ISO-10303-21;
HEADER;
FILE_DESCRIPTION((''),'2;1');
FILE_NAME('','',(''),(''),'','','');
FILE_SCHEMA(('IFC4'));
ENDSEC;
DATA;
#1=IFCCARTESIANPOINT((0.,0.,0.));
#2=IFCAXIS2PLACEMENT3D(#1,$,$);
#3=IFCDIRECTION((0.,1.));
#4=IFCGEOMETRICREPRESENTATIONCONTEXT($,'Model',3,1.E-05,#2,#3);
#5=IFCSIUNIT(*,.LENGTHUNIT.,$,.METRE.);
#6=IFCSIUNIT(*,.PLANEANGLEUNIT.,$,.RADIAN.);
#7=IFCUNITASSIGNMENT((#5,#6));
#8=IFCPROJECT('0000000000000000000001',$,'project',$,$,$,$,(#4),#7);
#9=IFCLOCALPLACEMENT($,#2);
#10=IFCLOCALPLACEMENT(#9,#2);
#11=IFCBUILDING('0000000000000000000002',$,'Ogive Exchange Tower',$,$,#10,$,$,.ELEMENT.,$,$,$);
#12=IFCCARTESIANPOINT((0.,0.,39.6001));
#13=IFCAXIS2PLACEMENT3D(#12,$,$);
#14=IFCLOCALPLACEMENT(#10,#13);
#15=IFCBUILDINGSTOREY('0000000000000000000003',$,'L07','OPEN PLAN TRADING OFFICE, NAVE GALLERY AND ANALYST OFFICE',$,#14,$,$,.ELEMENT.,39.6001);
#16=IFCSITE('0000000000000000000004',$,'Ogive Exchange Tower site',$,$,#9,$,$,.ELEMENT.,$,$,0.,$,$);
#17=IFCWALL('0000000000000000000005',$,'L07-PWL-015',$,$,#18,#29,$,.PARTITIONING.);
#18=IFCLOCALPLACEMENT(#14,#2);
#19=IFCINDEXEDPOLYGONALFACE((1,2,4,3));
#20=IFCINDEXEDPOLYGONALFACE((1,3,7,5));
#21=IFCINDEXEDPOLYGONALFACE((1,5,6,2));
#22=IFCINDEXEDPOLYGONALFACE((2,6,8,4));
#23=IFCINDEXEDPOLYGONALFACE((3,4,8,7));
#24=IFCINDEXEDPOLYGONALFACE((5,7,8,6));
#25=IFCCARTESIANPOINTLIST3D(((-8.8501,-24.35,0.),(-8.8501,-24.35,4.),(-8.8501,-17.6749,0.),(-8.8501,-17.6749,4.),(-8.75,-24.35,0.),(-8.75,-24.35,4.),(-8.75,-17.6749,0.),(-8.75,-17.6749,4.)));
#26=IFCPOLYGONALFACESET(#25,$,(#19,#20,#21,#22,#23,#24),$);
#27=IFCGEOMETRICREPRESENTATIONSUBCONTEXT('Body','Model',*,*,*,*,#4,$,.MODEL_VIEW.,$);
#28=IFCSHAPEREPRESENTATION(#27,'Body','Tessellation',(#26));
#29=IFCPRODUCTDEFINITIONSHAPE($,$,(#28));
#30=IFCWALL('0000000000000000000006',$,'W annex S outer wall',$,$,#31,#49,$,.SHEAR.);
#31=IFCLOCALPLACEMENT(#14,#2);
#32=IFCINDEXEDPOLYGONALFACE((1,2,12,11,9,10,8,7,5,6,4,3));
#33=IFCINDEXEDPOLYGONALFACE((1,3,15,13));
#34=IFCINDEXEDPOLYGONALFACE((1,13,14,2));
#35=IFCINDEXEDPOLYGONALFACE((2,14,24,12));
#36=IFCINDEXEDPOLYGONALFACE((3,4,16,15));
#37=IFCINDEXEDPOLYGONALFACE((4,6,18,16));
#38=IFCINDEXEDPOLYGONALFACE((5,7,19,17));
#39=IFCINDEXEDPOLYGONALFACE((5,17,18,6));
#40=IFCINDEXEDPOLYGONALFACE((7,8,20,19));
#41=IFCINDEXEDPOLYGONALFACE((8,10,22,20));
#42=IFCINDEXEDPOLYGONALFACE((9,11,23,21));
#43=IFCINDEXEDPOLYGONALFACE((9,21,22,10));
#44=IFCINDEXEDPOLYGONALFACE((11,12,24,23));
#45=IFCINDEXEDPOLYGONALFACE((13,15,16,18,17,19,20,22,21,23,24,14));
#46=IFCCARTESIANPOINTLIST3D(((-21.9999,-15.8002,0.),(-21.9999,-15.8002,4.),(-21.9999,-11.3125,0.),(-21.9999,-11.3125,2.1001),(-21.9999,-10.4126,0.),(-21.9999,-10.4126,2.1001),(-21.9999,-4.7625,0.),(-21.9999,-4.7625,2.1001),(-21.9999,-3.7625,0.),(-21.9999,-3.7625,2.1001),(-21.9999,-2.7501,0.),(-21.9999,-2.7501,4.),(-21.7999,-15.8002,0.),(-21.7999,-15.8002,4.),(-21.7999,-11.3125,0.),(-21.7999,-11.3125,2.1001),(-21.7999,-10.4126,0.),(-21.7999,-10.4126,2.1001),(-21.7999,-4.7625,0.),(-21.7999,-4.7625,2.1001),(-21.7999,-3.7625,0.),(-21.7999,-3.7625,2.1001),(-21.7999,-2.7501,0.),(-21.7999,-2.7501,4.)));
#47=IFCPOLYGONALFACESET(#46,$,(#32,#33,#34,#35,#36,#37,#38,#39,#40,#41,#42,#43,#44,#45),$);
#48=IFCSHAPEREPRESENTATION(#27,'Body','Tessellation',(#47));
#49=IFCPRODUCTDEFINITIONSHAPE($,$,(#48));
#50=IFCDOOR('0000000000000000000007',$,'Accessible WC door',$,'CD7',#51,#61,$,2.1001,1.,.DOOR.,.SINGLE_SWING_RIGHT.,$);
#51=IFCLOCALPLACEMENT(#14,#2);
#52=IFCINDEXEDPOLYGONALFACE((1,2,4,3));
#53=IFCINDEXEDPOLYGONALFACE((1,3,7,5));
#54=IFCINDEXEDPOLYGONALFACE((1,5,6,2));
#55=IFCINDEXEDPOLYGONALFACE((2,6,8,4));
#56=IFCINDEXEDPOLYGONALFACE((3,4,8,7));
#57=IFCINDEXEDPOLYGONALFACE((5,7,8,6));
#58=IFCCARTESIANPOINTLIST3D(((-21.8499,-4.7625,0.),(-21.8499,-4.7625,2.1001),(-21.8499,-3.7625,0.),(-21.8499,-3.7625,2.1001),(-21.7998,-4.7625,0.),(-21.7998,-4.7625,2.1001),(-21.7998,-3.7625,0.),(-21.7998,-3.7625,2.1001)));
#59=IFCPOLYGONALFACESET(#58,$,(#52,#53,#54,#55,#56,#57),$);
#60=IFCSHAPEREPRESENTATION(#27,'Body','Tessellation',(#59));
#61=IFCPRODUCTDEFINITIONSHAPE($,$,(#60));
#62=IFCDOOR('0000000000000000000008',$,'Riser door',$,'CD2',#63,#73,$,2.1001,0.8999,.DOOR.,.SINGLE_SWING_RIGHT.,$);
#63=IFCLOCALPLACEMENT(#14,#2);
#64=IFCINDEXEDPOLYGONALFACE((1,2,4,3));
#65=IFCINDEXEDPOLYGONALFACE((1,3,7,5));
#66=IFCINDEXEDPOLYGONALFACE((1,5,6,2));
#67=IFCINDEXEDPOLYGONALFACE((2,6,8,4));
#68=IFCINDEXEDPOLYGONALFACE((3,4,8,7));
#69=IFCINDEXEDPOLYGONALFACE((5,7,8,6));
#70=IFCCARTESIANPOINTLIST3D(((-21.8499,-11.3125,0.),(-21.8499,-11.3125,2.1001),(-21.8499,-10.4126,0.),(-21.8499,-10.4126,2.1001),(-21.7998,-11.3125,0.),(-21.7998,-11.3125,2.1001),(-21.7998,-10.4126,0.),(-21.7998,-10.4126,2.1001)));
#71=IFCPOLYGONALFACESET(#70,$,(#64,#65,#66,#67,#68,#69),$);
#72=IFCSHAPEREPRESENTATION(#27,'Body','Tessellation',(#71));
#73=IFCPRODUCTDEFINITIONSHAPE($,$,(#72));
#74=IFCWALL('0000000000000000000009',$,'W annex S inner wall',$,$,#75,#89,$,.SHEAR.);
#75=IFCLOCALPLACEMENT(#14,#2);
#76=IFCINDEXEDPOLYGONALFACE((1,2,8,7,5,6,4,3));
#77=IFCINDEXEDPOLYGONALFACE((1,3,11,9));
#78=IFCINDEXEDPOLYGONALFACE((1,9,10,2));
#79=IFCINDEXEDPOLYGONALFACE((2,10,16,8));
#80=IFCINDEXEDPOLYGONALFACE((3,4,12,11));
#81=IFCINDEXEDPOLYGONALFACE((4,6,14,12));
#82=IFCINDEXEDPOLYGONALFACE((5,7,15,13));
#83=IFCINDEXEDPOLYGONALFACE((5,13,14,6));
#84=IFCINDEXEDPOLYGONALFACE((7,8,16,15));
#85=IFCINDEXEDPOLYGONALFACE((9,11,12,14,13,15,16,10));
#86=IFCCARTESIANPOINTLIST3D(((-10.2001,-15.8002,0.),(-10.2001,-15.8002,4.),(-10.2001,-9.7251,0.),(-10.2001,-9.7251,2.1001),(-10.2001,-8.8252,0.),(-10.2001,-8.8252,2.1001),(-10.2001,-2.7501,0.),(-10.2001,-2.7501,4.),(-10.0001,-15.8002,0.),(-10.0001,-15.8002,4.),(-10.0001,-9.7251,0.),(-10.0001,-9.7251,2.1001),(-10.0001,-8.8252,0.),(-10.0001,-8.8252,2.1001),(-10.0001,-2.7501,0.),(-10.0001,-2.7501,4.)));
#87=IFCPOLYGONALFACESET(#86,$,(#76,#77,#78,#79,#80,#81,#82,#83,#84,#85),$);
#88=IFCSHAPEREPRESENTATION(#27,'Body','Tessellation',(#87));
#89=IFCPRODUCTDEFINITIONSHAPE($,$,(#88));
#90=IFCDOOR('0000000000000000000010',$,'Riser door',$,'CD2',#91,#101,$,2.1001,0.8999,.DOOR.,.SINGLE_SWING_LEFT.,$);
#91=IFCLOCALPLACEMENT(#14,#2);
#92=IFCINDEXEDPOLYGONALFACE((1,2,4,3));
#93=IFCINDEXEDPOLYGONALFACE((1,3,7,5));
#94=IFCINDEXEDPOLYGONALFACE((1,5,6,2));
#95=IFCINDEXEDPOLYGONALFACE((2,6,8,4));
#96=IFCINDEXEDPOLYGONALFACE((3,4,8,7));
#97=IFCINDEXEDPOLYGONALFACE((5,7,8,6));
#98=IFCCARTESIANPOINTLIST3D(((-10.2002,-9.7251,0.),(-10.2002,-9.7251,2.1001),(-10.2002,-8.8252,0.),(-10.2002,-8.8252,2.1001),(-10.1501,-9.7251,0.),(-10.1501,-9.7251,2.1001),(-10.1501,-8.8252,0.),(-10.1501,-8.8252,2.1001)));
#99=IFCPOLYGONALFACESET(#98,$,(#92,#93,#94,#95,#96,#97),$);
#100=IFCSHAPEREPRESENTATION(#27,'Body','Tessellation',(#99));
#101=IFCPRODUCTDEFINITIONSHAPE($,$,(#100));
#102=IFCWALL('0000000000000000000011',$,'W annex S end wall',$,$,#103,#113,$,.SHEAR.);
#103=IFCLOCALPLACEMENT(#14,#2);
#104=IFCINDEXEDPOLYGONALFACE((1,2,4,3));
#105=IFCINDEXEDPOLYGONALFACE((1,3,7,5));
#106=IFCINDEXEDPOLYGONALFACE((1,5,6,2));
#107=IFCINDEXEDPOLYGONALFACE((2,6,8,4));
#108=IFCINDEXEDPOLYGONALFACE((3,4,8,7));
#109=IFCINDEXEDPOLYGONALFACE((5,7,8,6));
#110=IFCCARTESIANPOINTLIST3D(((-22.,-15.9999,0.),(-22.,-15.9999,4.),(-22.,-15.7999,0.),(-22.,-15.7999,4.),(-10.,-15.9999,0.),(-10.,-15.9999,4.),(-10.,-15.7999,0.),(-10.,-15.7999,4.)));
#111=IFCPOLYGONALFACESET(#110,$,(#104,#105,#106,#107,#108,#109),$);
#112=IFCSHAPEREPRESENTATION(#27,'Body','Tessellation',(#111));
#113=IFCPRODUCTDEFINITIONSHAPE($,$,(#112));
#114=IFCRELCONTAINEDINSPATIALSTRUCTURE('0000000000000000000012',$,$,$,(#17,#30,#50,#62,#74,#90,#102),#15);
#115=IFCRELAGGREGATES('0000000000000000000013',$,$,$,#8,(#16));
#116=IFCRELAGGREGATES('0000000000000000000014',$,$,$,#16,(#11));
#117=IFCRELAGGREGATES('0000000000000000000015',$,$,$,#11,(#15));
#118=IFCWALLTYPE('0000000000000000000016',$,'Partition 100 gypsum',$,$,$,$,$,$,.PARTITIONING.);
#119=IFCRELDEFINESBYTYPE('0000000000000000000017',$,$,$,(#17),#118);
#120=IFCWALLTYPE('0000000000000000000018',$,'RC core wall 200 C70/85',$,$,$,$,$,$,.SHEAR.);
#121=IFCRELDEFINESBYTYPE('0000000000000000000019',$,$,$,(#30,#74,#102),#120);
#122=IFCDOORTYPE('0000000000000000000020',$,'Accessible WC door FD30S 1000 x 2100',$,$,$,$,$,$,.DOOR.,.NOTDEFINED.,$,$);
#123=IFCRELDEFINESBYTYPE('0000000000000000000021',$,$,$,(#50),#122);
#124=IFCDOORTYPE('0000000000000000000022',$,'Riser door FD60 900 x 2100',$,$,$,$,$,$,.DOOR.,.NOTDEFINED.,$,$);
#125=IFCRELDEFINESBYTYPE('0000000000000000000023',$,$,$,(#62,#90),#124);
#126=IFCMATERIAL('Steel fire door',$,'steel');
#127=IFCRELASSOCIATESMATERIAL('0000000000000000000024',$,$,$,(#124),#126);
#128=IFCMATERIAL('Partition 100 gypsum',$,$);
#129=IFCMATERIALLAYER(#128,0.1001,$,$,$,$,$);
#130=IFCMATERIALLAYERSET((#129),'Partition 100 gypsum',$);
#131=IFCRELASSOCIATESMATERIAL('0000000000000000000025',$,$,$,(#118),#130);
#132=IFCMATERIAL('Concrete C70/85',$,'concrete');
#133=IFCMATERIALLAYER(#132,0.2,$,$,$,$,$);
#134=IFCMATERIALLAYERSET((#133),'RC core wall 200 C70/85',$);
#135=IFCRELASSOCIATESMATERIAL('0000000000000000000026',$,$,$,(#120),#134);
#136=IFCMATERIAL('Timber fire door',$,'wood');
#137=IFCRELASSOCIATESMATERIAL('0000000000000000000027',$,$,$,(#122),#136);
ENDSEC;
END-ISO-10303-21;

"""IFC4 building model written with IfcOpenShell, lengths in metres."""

from ifc_helpers import new_model, si_unit, direction, frame, frame_2d, origin, place, context, subcontext, project, spatial, rectangle, extrude, material, layer, layer_set, type_object, element, fill, save


model = new_model("IFC4")

# Units and contexts
model_context = context("Model", 3, precision=1e-05, world=origin(), true_north=direction((0.0, 1.0)))
body_context = subcontext(model_context, "Body", "Model", "MODEL_VIEW")
ifc_project = project(units=[si_unit("LENGTHUNIT", "METRE"), si_unit("PLANEANGLEUNIT", "RADIAN")], contexts=[model_context])

# Site, building, storey
site_placement = place(None, origin())
site = spatial("IfcSite", under=ifc_project, at=site_placement, Name="Ogive Exchange Tower site", CompositionType="ELEMENT", RefElevation=0.0)
building_placement = place(site_placement, origin())
building = spatial("IfcBuilding", under=site, at=building_placement, Name="Ogive Exchange Tower", CompositionType="ELEMENT")
storey_placement = place(building_placement, frame((0.0, 0.0, 39.6001)))
storey = spatial("IfcBuildingStorey", under=building, at=storey_placement, Name="L07", Description="OPEN PLAN TRADING OFFICE, NAVE GALLERY AND ANALYST OFFICE", CompositionType="ELEMENT", Elevation=39.6001)

# Shared definitions
ifc_material_1 = material(Name="Steel fire door", Category="steel")
door_type_1 = type_object("IfcDoorType", Name="Riser door FD60 900 x 2100", OperationType="NOTDEFINED", PredefinedType="DOOR", material=ifc_material_1)

# Wall
ifc_material_2 = material(Name="Partition 100 gypsum")
ifc_layer_1 = layer(ifc_material_2, 0.1001)
ifc_layer_set_1 = layer_set([ifc_layer_1], Name="Partition 100 gypsum")
wall_type_1 = type_object("IfcWallType", Name="Partition 100 gypsum", PredefinedType="PARTITIONING", material=ifc_layer_set_1)
wall_1_placement = place(storey_placement, frame((-8.8, -17.675, 0.0), z_axis=(0.0, 0.0, 1.0), x_axis=(0.0, -1.0, 0.0)))
element("IfcWall", 1, at=wall_1_placement, inside=storey, type_object=wall_type_1, Name="L07-PWL-015", PredefinedType="PARTITIONING", context=body_context, shape_type="SweptSolid", body=[
    extrude(rectangle(XDim=6.675, YDim=0.1001, at=frame_2d((3.3374, 0.0))), origin(), (0.0, 0.0, 1.0), 4.0),
])

# Wall, openings, doors
ifc_material_3 = material(Name="Concrete C70/85", Category="concrete")
ifc_layer_2 = layer(ifc_material_3, 0.2)
ifc_layer_set_2 = layer_set([ifc_layer_2], Name="RC core wall 200 C70/85")
wall_type_2 = type_object("IfcWallType", Name="RC core wall 200 C70/85", PredefinedType="SHEAR", material=ifc_layer_set_2)
wall_2_placement = place(storey_placement, frame((-21.8999, -15.8, 0.0), z_axis=(0.0, 0.0, 1.0), x_axis=(0.0, 1.0, 0.0)))
wall_2 = element("IfcWall", 2, at=wall_2_placement, inside=storey, type_object=wall_type_2, Name="W annex S outer wall", PredefinedType="SHEAR", context=body_context, shape_type="SweptSolid", body=[
    extrude(rectangle(XDim=13.05, YDim=0.2, at=frame_2d((6.5249, 0.0))), origin(), (0.0, 0.0, 1.0), 4.0),
])
opening_1_placement = place(wall_2_placement, frame((4.4875, 0.0, 0.0)))
opening_1 = element("IfcOpeningElement", 3, at=opening_1_placement, cuts=wall_2, PredefinedType="OPENING", context=body_context, shape_type="SweptSolid", body=[
    extrude(rectangle(XDim=0.8999, YDim=2.1001, at=frame_2d((0.45, 1.05))), frame((0.0, 0.1099, 0.0), z_axis=(0.0, -1.0, 0.0), x_axis=(1.0, 0.0, 0.0)), (0.0, 0.0, 1.0), 0.22),
])
opening_2_placement = place(wall_2_placement, frame((11.0376, 0.0, 0.0)))
opening_2 = element("IfcOpeningElement", 4, at=opening_2_placement, cuts=wall_2, PredefinedType="OPENING", context=body_context, shape_type="SweptSolid", body=[
    extrude(rectangle(XDim=1.0, YDim=2.1001, at=frame_2d((0.5, 1.05))), frame((0.0, 0.1099, 0.0), z_axis=(0.0, -1.0, 0.0), x_axis=(1.0, 0.0, 0.0)), (0.0, 0.0, 1.0), 0.22),
])
ifc_material_4 = material(Name="Timber fire door", Category="wood")
door_type_2 = type_object("IfcDoorType", Name="Accessible WC door FD30S 1000 x 2100", OperationType="NOTDEFINED", PredefinedType="DOOR", material=ifc_material_4)
door_1_placement = place(opening_2_placement, frame((1.0, -0.1499, 0.0), z_axis=(0.0, 0.0, 1.0), x_axis=(-1.0, 0.0, 0.0)))
door_1 = element("IfcDoor", 5, at=door_1_placement, inside=storey, type_object=door_type_2, Name="Accessible WC door", ObjectType="CD7", OperationType="SINGLE_SWING_RIGHT", OverallHeight=2.1001, OverallWidth=1.0, PredefinedType="DOOR", context=body_context, shape_type="SweptSolid", body=[
    extrude(rectangle(XDim=1.0, YDim=2.1001, at=frame_2d((0.5, 1.05))), frame((0.0, -0.0498, 0.0), z_axis=(0.0, -1.0, 0.0), x_axis=(1.0, 0.0, 0.0)), (0.0, 0.0, 1.0), 0.05),
])
fill(opening_2, door_1)
door_2_placement = place(opening_1_placement, frame((0.8999, -0.1499, 0.0), z_axis=(0.0, 0.0, 1.0), x_axis=(-1.0, 0.0, 0.0)))
door_2 = element("IfcDoor", 6, at=door_2_placement, inside=storey, type_object=door_type_1, Name="Riser door", ObjectType="CD2", OperationType="SINGLE_SWING_RIGHT", OverallHeight=2.1001, OverallWidth=0.8999, PredefinedType="DOOR", context=body_context, shape_type="SweptSolid", body=[
    extrude(rectangle(XDim=0.8999, YDim=2.1001, at=frame_2d((0.45, 1.05))), frame((0.0, -0.0498, 0.0), z_axis=(0.0, -1.0, 0.0), x_axis=(1.0, 0.0, 0.0)), (0.0, 0.0, 1.0), 0.05),
])
fill(opening_1, door_2)

# Wall, opening, door
wall_3_placement = place(storey_placement, frame((-10.1001, -15.8, 0.0), z_axis=(0.0, 0.0, 1.0), x_axis=(0.0, 1.0, 0.0)))
wall_3 = element("IfcWall", 7, at=wall_3_placement, inside=storey, type_object=wall_type_2, Name="W annex S inner wall", PredefinedType="SHEAR", context=body_context, shape_type="SweptSolid", body=[
    extrude(rectangle(XDim=13.05, YDim=0.2, at=frame_2d((6.5249, 0.0))), origin(), (0.0, 0.0, 1.0), 4.0),
])
opening_3_placement = place(wall_3_placement, frame((6.075, 0.0, 0.0)))
opening_3 = element("IfcOpeningElement", 8, at=opening_3_placement, cuts=wall_3, PredefinedType="OPENING", context=body_context, shape_type="SweptSolid", body=[
    extrude(rectangle(XDim=0.8999, YDim=2.1001, at=frame_2d((0.45, 1.05))), frame((0.0, 0.1099, 0.0), z_axis=(0.0, -1.0, 0.0), x_axis=(1.0, 0.0, 0.0)), (0.0, 0.0, 1.0), 0.22),
])
door_3_placement = place(opening_3_placement, origin())
door_3 = element("IfcDoor", 9, at=door_3_placement, inside=storey, type_object=door_type_1, Name="Riser door", ObjectType="CD2", OperationType="SINGLE_SWING_LEFT", OverallHeight=2.1001, OverallWidth=0.8999, PredefinedType="DOOR", context=body_context, shape_type="SweptSolid", body=[
    extrude(rectangle(XDim=0.8999, YDim=2.1001, at=frame_2d((0.45, 1.05))), frame((0.0, 0.1001, 0.0), z_axis=(0.0, -1.0, 0.0), x_axis=(1.0, 0.0, 0.0)), (0.0, 0.0, 1.0), 0.05),
])
fill(opening_3, door_3)

# Wall
wall_4_placement = place(storey_placement, frame((-22.0, -15.8999, 0.0), z_axis=(0.0, 0.0, 1.0), x_axis=(1.0, 0.0, 0.0)))
element("IfcWall", 10, at=wall_4_placement, inside=storey, type_object=wall_type_2, Name="W annex S end wall", PredefinedType="SHEAR", context=body_context, shape_type="SweptSolid", body=[
    extrude(rectangle(XDim=12.0, YDim=0.2, at=frame_2d((6.0, 0.0))), origin(), (0.0, 0.0, 1.0), 4.0),
])

save(model, "model.ifc")
